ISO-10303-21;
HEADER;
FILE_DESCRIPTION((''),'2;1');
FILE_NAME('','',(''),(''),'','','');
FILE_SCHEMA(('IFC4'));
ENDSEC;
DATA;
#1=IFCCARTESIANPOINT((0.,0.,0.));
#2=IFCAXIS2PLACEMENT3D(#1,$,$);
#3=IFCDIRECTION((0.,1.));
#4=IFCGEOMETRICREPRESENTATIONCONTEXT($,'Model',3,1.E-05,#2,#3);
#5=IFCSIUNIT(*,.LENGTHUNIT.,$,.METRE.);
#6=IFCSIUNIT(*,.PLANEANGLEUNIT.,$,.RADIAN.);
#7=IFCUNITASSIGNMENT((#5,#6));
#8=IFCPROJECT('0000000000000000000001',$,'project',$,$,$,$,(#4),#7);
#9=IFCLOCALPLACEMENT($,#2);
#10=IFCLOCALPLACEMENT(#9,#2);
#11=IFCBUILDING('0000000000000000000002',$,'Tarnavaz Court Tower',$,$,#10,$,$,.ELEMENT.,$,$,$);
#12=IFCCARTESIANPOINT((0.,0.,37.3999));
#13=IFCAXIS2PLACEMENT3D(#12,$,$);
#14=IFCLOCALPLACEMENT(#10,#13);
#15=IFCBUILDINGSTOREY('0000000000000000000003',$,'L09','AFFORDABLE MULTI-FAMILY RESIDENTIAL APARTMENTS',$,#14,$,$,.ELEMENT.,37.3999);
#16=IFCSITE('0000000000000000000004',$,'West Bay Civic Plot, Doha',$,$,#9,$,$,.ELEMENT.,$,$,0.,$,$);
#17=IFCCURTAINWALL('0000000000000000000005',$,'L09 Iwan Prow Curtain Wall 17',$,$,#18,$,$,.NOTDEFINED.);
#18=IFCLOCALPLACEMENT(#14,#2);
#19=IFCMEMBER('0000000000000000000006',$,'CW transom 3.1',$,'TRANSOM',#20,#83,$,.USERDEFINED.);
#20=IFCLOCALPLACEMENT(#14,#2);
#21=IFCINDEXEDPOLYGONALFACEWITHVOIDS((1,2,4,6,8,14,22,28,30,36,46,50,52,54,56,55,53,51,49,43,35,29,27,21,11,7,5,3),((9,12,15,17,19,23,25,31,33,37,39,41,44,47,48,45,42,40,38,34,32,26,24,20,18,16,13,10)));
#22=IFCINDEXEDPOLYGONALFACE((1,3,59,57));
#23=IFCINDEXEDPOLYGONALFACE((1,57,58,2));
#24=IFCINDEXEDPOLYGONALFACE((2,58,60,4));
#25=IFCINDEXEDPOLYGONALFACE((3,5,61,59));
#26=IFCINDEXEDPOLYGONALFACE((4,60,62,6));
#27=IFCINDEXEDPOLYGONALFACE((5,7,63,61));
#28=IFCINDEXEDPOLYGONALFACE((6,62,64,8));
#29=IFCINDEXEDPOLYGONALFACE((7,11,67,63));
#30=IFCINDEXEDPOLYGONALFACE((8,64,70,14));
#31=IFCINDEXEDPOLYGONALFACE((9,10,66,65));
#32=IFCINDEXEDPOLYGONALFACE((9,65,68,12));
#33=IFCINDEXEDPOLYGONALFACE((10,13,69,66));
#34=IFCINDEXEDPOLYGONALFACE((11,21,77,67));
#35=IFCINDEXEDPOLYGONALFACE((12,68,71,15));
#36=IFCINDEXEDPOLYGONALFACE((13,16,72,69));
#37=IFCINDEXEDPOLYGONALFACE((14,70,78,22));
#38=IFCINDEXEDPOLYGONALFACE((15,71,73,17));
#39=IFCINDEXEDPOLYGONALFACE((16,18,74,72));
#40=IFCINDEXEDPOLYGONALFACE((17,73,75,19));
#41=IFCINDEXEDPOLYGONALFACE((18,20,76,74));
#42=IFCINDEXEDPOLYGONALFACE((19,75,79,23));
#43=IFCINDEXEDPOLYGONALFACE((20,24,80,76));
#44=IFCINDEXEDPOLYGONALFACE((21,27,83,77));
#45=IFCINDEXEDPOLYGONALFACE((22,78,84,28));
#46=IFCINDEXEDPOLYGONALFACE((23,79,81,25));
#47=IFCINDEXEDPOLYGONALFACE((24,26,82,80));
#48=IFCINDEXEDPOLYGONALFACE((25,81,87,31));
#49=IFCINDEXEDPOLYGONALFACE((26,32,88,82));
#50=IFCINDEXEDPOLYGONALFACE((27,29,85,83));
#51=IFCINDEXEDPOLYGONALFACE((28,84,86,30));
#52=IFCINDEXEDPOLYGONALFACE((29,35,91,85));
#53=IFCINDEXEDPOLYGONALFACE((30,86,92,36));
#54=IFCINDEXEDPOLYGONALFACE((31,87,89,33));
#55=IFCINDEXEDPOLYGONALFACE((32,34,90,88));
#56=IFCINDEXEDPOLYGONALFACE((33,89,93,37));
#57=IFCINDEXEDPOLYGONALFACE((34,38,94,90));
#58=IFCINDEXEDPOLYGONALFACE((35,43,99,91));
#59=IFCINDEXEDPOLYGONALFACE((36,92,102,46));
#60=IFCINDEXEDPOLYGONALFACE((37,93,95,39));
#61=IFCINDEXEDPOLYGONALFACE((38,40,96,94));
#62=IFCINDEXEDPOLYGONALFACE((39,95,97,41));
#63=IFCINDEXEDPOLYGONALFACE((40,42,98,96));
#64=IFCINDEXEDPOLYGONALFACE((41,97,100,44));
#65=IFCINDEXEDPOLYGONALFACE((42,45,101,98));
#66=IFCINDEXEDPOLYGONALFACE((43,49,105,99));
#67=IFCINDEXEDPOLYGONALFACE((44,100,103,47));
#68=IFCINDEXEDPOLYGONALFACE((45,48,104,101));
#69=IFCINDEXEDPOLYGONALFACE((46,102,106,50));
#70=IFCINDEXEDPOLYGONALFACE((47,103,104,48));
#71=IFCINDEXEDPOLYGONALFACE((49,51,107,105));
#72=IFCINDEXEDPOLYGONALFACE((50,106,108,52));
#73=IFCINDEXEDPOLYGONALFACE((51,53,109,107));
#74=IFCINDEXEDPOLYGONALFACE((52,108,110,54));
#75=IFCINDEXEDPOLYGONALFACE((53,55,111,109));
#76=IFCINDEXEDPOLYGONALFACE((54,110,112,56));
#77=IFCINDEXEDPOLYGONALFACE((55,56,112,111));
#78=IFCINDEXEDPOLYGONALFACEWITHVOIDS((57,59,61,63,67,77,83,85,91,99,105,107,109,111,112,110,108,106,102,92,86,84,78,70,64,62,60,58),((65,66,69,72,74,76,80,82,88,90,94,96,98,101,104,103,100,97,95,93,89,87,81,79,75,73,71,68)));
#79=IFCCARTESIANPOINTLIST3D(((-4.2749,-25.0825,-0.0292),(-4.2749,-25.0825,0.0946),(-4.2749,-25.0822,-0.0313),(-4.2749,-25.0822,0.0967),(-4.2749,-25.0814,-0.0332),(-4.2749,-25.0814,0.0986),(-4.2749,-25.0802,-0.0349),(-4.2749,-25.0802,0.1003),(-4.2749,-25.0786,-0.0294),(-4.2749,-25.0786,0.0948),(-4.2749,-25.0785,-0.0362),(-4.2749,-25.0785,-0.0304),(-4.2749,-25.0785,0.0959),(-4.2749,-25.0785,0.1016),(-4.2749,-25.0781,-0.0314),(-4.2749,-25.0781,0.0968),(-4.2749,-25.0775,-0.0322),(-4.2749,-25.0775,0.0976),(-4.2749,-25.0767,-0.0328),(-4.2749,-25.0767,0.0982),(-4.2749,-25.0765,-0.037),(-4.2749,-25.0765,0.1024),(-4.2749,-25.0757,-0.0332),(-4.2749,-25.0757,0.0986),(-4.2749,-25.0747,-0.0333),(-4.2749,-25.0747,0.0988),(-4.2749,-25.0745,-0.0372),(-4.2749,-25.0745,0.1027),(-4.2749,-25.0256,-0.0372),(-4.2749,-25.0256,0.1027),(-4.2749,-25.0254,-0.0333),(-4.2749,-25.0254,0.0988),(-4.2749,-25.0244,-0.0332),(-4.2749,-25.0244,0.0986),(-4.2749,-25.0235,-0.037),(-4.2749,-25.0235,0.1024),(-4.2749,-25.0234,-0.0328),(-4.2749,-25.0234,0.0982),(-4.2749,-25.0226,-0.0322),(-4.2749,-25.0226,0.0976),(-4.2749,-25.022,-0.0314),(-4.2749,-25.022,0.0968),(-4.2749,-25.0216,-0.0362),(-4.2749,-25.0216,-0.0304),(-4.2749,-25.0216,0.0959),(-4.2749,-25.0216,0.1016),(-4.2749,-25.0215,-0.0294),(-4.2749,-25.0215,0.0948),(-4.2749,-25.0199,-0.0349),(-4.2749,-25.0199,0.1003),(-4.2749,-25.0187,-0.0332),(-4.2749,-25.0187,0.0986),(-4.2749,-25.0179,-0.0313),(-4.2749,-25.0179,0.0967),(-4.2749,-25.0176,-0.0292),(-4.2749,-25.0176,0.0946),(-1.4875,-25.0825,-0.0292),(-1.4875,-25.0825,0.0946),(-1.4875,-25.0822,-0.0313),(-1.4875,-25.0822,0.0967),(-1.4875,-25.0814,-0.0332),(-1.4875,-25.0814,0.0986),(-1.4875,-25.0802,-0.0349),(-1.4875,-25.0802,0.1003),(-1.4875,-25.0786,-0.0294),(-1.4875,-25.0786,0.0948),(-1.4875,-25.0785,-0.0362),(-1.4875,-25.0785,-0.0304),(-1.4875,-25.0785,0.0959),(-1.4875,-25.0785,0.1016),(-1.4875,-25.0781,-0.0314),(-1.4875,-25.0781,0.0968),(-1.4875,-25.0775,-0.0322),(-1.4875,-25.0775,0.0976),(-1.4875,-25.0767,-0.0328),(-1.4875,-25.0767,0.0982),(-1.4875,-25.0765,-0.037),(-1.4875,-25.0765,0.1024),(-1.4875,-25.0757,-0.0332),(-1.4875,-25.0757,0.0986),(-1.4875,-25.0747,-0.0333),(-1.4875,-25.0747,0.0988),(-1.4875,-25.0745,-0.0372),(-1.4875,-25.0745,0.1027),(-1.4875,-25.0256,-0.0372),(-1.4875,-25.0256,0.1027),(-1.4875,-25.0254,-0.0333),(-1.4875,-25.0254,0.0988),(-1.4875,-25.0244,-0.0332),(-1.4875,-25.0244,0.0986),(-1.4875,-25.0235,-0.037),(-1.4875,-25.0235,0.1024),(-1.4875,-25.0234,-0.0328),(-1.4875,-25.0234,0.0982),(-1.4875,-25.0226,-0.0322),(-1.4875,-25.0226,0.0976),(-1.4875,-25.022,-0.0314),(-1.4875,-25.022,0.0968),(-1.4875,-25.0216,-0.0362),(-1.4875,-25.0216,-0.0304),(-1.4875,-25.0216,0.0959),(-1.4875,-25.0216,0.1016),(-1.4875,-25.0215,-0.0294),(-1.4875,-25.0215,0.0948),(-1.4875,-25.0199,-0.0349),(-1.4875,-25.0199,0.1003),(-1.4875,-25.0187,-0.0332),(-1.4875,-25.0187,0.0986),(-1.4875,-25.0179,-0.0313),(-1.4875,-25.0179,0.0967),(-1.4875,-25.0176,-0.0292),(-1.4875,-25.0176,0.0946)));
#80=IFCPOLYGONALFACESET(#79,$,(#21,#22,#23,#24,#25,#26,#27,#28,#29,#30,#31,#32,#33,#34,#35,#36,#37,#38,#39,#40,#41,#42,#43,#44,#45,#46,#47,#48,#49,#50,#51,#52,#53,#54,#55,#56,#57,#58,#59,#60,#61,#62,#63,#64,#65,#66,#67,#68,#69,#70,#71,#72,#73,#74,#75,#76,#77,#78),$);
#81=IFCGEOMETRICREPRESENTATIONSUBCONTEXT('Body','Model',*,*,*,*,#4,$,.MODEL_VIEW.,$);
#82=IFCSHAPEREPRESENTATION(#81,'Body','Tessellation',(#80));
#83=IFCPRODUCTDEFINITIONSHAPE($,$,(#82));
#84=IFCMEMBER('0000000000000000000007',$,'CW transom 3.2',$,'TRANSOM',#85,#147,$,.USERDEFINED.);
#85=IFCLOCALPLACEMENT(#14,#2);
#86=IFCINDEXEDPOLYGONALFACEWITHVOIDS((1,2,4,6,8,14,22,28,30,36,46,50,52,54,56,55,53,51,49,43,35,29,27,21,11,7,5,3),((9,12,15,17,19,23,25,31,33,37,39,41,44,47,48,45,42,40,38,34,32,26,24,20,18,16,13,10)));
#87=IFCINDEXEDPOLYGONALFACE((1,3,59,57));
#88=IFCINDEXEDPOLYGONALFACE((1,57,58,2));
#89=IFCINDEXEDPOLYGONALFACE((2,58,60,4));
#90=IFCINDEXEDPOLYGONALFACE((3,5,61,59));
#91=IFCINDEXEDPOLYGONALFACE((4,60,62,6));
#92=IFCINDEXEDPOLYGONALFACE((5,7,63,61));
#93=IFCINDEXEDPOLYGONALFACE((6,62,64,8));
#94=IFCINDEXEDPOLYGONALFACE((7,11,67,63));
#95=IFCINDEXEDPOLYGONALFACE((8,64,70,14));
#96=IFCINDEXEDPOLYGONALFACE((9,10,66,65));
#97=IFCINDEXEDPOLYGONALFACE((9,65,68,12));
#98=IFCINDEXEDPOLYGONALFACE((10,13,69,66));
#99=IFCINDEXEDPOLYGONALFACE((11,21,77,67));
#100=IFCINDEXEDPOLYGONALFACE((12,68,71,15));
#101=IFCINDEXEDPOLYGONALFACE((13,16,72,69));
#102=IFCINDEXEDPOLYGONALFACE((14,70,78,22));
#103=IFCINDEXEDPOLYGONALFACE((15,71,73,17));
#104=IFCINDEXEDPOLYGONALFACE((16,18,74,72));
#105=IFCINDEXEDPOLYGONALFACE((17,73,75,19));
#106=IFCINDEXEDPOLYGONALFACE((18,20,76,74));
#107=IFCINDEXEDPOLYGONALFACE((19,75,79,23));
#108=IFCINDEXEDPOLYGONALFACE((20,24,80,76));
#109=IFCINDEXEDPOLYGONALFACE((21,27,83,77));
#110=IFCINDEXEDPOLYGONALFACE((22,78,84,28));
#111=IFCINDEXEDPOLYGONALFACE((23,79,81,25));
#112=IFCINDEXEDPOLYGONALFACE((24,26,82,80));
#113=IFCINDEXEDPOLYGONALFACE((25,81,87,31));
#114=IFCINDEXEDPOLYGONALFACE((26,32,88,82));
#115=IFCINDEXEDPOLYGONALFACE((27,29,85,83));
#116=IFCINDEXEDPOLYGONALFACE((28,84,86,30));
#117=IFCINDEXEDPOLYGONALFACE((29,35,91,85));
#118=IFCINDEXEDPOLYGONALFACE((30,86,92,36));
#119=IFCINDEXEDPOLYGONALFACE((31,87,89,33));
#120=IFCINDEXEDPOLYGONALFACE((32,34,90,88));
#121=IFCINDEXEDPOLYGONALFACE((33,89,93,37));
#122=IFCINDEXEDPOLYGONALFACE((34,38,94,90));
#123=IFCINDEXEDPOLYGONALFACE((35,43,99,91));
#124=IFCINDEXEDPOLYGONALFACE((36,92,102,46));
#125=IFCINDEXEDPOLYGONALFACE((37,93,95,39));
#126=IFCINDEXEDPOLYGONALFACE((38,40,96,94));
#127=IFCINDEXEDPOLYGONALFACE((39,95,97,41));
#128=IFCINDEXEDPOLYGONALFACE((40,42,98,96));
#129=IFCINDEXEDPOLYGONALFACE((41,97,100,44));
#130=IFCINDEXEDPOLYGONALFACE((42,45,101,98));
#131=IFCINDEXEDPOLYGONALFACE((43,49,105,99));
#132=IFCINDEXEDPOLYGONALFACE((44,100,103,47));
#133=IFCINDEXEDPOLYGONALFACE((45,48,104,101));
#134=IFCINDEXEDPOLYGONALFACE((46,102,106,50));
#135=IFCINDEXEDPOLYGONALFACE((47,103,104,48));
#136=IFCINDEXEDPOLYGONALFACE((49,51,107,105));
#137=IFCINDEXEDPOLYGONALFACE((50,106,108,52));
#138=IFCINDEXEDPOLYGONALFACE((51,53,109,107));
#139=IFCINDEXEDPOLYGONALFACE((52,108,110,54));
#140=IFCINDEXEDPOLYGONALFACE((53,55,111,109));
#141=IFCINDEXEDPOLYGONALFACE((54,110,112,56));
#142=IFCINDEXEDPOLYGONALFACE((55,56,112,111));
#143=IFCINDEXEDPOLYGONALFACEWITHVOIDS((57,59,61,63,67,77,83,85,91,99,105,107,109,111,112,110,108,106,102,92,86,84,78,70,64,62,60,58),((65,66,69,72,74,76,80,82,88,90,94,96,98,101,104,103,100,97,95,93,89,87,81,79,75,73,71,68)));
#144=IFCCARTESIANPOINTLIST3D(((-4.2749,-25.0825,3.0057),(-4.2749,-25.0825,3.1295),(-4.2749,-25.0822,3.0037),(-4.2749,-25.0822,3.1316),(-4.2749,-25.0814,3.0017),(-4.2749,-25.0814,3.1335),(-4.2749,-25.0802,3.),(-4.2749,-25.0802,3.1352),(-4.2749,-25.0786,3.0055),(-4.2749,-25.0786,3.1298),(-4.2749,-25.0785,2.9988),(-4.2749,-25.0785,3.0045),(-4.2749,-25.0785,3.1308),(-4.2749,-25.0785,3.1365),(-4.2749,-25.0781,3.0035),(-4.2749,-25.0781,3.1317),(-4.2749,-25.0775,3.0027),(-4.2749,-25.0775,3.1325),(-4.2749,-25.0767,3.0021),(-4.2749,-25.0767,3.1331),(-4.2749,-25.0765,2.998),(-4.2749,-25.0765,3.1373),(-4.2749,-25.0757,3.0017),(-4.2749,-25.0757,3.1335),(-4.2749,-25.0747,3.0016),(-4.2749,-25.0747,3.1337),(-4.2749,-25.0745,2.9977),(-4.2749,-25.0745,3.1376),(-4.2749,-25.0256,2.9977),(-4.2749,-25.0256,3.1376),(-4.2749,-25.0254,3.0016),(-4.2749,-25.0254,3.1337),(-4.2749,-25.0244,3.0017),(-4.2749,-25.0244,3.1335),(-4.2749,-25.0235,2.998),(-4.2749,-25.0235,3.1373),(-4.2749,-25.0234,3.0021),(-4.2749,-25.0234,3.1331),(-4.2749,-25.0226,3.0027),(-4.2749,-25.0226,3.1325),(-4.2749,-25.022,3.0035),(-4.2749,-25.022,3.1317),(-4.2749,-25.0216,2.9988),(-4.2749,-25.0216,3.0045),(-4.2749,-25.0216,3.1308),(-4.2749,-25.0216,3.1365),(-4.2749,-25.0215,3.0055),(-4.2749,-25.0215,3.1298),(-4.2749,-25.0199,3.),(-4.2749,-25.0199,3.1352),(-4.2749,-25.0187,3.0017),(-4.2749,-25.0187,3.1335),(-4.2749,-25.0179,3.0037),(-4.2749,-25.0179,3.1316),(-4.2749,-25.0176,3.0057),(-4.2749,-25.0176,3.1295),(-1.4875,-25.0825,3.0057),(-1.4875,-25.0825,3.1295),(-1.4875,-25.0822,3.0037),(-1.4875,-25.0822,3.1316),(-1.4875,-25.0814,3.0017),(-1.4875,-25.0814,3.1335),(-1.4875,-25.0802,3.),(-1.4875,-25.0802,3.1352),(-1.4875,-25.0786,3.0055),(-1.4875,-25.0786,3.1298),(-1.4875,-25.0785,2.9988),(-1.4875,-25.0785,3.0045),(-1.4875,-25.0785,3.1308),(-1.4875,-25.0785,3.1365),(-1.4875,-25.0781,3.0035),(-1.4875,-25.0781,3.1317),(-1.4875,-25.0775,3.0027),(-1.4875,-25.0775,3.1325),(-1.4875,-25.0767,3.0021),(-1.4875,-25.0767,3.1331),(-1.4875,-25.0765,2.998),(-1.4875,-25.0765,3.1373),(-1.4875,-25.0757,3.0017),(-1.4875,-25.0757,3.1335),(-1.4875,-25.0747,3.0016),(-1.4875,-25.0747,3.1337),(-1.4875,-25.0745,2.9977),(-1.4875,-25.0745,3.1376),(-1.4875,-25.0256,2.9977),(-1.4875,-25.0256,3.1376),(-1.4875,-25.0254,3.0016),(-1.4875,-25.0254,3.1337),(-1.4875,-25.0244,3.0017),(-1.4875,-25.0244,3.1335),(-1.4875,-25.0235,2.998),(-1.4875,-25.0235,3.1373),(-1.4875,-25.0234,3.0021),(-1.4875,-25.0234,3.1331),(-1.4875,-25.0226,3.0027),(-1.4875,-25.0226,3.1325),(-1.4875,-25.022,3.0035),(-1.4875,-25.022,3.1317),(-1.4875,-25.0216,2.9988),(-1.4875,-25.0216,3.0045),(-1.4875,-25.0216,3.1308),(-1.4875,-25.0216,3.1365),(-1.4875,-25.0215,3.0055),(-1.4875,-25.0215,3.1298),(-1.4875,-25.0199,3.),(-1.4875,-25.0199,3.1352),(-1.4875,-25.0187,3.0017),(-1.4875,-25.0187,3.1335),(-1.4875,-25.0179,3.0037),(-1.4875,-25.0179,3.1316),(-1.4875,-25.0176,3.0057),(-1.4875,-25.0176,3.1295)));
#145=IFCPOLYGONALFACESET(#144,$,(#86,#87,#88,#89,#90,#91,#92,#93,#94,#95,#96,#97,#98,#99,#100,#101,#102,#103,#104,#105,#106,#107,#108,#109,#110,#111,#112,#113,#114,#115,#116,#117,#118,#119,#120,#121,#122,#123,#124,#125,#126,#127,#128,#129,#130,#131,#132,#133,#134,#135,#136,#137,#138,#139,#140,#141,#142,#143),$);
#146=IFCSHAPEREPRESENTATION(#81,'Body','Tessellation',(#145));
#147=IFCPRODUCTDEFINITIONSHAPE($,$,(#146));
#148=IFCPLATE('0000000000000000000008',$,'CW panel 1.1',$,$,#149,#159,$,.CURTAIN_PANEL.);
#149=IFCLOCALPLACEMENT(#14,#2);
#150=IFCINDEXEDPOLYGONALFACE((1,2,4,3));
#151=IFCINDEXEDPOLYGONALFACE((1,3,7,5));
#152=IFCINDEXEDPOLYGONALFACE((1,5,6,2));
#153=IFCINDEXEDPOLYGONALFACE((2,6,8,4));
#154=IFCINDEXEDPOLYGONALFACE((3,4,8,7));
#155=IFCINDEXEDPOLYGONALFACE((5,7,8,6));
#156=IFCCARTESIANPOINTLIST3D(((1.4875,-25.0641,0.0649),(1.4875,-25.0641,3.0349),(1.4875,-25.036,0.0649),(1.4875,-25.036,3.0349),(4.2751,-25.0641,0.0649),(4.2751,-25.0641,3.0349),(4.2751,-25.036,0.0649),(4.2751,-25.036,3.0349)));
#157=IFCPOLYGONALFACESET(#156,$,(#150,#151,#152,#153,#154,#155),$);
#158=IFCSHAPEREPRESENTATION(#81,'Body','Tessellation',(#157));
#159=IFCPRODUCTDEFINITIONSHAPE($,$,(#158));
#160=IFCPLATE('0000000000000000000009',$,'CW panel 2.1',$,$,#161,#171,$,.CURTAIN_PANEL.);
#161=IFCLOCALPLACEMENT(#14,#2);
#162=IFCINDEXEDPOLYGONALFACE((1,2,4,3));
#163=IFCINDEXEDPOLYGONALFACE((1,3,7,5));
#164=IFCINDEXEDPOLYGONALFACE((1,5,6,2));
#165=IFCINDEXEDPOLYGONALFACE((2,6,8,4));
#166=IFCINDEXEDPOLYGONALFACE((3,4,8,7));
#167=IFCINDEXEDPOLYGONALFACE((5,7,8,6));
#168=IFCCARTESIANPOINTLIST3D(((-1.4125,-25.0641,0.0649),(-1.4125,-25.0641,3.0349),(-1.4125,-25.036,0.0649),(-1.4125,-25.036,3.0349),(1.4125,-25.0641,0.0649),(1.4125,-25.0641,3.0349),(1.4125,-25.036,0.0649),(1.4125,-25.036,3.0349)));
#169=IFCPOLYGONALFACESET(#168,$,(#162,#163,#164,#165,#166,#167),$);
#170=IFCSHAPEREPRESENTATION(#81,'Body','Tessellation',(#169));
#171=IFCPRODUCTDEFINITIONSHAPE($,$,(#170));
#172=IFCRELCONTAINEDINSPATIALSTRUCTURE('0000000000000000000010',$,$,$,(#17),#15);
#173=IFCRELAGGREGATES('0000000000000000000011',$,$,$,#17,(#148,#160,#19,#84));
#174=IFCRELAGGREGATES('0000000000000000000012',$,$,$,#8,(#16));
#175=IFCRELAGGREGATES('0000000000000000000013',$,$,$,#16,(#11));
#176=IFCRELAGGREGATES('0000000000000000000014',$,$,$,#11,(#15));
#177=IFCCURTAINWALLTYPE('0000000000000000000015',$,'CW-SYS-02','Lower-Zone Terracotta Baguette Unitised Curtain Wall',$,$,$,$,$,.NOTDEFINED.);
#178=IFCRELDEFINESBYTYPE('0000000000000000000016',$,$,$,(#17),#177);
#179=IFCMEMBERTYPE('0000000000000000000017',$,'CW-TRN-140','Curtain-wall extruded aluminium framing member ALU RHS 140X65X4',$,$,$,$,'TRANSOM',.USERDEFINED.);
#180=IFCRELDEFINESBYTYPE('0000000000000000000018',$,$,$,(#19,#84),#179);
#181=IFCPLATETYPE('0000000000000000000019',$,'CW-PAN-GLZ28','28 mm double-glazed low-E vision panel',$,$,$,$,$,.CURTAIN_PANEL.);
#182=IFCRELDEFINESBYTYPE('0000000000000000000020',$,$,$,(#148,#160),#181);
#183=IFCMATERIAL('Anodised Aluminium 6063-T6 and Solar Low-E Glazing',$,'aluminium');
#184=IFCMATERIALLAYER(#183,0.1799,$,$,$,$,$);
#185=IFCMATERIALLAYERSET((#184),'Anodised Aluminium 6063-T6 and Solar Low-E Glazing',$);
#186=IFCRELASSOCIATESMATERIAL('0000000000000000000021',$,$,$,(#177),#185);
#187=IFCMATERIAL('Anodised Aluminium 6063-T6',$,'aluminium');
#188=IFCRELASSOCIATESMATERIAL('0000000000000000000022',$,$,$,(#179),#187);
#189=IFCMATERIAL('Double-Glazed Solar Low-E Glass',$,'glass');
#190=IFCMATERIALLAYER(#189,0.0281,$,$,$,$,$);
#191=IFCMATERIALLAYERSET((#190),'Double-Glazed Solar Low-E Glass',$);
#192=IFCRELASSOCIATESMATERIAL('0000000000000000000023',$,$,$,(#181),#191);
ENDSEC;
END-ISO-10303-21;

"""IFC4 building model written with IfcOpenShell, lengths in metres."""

from ifc_helpers import new_model, si_unit, direction, frame, origin, origin_2d, place, context, subcontext, project, spatial, rectangle, hollow_rectangle, extrude, material, layer, layer_set, material_profile, profile_set, type_object, element, aggregate, save


model = new_model("IFC4")

# Units and contexts
model_context = context("Model", 3, precision=1e-05, world=origin(), true_north=direction((0.0, 1.0)))
body_context = subcontext(model_context, "Body", "Model", "MODEL_VIEW")
ifc_project = project(units=[si_unit("LENGTHUNIT", "METRE"), si_unit("PLANEANGLEUNIT", "RADIAN")], contexts=[model_context])

# Site, building, storey
site_placement = place(None, origin())
site = spatial("IfcSite", under=ifc_project, at=site_placement, Name="West Bay Civic Plot, Doha", CompositionType="ELEMENT", RefElevation=0.0)
building_placement = place(site_placement, origin())
building = spatial("IfcBuilding", under=site, at=building_placement, Name="Tarnavaz Court Tower", CompositionType="ELEMENT")
storey_placement = place(building_placement, frame((0.0, 0.0, 37.3999)))
storey = spatial("IfcBuildingStorey", under=building, at=storey_placement, Name="L09", Description="AFFORDABLE MULTI-FAMILY RESIDENTIAL APARTMENTS", CompositionType="ELEMENT", Elevation=37.3999)

# Curtain wall, members, plates
ifc_material_1 = material(Name="Anodised Aluminium 6063-T6 and Solar Low-E Glazing", Category="aluminium")
ifc_layer_1 = layer(ifc_material_1, 0.1799)
ifc_layer_set_1 = layer_set([ifc_layer_1], Name="Anodised Aluminium 6063-T6 and Solar Low-E Glazing")
curtain_wall_type = type_object("IfcCurtainWallType", Name="CW-SYS-02", Description="Lower-Zone Terracotta Baguette Unitised Curtain Wall", PredefinedType="NOTDEFINED", material=ifc_layer_set_1)
curtain_wall_placement = place(storey_placement, origin())
curtain_wall = element("IfcCurtainWall", 1, at=curtain_wall_placement, inside=storey, type_object=curtain_wall_type, Name="L09 Iwan Prow Curtain Wall 17", PredefinedType="NOTDEFINED")
ifc_material_2 = material(Name="Anodised Aluminium 6063-T6", Category="aluminium")
ifc_material_profile_1 = material_profile(ifc_material_2, hollow_rectangle(XDim=0.0649, YDim=0.1399, WallThickness=0.0039, InnerFilletRadius=0.0039, OuterFilletRadius=0.0081, at=origin_2d()), Name="ALU RHS 140X65X4")
ifc_profile_set_1 = profile_set([ifc_material_profile_1], Name="Anodised Aluminium 6063-T6")
member_type_1 = type_object("IfcMemberType", Name="CW-TRN-140", Description="Curtain-wall extruded aluminium framing member ALU RHS 140X65X4", ElementType="TRANSOM", PredefinedType="USERDEFINED", material=ifc_profile_set_1)
member_1_placement = place(storey_placement, frame((-1.4875, -25.05, 0.0327), z_axis=(-1.0, 0.0, 0.0), x_axis=(0.0, -1.0, 0.0)))
member_1 = element("IfcMember", 2, at=member_1_placement, type_object=member_type_1, Name="CW transom 3.1", ObjectType="TRANSOM", PredefinedType="USERDEFINED", context=body_context, shape_type="SweptSolid", body=[
    extrude(hollow_rectangle(XDim=0.0649, YDim=0.1399, WallThickness=0.0039, InnerFilletRadius=0.0039, OuterFilletRadius=0.0081, at=origin_2d()), origin(), (0.0, 0.0, 1.0), 2.7874),
])
member_2_placement = place(storey_placement, frame((-1.4875, -25.05, 3.0676), z_axis=(-1.0, 0.0, 0.0), x_axis=(0.0, -1.0, 0.0)))
member_2 = element("IfcMember", 3, at=member_2_placement, type_object=member_type_1, Name="CW transom 3.2", ObjectType="TRANSOM", PredefinedType="USERDEFINED", context=body_context, shape_type="SweptSolid", body=[
    extrude(hollow_rectangle(XDim=0.0649, YDim=0.1399, WallThickness=0.0039, InnerFilletRadius=0.0039, OuterFilletRadius=0.0081, at=origin_2d()), origin(), (0.0, 0.0, 1.0), 2.7874),
])
ifc_material_3 = material(Name="Double-Glazed Solar Low-E Glass", Category="glass")
ifc_layer_2 = layer(ifc_material_3, 0.0281)
ifc_layer_set_2 = layer_set([ifc_layer_2], Name="Double-Glazed Solar Low-E Glass")
plate_type = type_object("IfcPlateType", Name="CW-PAN-GLZ28", Description="28 mm double-glazed low-E vision panel", PredefinedType="CURTAIN_PANEL", material=ifc_layer_set_2)
plate_1_placement = place(storey_placement, frame((2.8813, -25.05, 0.0649), z_axis=(0.0, 0.0, 1.0), x_axis=(-1.0, 0.0, 0.0)))
plate_1 = element("IfcPlate", 4, at=plate_1_placement, type_object=plate_type, Name="CW panel 1.1", PredefinedType="CURTAIN_PANEL", context=body_context, shape_type="SweptSolid", body=[
    extrude(rectangle(XDim=2.7876, YDim=0.0281, at=origin_2d()), origin(), (0.0, 0.0, 1.0), 2.97),
])
plate_2_placement = place(storey_placement, frame((0.0, -25.05, 0.0649), z_axis=(0.0, 0.0, 1.0), x_axis=(-1.0, 0.0, 0.0)))
plate_2 = element("IfcPlate", 5, at=plate_2_placement, type_object=plate_type, Name="CW panel 2.1", PredefinedType="CURTAIN_PANEL", context=body_context, shape_type="SweptSolid", body=[
    extrude(rectangle(XDim=2.825, YDim=0.0281, at=origin_2d()), origin(), (0.0, 0.0, 1.0), 2.97),
])
aggregate(curtain_wall, [plate_1, plate_2, member_1, member_2])

save(model, "model.ifc")
